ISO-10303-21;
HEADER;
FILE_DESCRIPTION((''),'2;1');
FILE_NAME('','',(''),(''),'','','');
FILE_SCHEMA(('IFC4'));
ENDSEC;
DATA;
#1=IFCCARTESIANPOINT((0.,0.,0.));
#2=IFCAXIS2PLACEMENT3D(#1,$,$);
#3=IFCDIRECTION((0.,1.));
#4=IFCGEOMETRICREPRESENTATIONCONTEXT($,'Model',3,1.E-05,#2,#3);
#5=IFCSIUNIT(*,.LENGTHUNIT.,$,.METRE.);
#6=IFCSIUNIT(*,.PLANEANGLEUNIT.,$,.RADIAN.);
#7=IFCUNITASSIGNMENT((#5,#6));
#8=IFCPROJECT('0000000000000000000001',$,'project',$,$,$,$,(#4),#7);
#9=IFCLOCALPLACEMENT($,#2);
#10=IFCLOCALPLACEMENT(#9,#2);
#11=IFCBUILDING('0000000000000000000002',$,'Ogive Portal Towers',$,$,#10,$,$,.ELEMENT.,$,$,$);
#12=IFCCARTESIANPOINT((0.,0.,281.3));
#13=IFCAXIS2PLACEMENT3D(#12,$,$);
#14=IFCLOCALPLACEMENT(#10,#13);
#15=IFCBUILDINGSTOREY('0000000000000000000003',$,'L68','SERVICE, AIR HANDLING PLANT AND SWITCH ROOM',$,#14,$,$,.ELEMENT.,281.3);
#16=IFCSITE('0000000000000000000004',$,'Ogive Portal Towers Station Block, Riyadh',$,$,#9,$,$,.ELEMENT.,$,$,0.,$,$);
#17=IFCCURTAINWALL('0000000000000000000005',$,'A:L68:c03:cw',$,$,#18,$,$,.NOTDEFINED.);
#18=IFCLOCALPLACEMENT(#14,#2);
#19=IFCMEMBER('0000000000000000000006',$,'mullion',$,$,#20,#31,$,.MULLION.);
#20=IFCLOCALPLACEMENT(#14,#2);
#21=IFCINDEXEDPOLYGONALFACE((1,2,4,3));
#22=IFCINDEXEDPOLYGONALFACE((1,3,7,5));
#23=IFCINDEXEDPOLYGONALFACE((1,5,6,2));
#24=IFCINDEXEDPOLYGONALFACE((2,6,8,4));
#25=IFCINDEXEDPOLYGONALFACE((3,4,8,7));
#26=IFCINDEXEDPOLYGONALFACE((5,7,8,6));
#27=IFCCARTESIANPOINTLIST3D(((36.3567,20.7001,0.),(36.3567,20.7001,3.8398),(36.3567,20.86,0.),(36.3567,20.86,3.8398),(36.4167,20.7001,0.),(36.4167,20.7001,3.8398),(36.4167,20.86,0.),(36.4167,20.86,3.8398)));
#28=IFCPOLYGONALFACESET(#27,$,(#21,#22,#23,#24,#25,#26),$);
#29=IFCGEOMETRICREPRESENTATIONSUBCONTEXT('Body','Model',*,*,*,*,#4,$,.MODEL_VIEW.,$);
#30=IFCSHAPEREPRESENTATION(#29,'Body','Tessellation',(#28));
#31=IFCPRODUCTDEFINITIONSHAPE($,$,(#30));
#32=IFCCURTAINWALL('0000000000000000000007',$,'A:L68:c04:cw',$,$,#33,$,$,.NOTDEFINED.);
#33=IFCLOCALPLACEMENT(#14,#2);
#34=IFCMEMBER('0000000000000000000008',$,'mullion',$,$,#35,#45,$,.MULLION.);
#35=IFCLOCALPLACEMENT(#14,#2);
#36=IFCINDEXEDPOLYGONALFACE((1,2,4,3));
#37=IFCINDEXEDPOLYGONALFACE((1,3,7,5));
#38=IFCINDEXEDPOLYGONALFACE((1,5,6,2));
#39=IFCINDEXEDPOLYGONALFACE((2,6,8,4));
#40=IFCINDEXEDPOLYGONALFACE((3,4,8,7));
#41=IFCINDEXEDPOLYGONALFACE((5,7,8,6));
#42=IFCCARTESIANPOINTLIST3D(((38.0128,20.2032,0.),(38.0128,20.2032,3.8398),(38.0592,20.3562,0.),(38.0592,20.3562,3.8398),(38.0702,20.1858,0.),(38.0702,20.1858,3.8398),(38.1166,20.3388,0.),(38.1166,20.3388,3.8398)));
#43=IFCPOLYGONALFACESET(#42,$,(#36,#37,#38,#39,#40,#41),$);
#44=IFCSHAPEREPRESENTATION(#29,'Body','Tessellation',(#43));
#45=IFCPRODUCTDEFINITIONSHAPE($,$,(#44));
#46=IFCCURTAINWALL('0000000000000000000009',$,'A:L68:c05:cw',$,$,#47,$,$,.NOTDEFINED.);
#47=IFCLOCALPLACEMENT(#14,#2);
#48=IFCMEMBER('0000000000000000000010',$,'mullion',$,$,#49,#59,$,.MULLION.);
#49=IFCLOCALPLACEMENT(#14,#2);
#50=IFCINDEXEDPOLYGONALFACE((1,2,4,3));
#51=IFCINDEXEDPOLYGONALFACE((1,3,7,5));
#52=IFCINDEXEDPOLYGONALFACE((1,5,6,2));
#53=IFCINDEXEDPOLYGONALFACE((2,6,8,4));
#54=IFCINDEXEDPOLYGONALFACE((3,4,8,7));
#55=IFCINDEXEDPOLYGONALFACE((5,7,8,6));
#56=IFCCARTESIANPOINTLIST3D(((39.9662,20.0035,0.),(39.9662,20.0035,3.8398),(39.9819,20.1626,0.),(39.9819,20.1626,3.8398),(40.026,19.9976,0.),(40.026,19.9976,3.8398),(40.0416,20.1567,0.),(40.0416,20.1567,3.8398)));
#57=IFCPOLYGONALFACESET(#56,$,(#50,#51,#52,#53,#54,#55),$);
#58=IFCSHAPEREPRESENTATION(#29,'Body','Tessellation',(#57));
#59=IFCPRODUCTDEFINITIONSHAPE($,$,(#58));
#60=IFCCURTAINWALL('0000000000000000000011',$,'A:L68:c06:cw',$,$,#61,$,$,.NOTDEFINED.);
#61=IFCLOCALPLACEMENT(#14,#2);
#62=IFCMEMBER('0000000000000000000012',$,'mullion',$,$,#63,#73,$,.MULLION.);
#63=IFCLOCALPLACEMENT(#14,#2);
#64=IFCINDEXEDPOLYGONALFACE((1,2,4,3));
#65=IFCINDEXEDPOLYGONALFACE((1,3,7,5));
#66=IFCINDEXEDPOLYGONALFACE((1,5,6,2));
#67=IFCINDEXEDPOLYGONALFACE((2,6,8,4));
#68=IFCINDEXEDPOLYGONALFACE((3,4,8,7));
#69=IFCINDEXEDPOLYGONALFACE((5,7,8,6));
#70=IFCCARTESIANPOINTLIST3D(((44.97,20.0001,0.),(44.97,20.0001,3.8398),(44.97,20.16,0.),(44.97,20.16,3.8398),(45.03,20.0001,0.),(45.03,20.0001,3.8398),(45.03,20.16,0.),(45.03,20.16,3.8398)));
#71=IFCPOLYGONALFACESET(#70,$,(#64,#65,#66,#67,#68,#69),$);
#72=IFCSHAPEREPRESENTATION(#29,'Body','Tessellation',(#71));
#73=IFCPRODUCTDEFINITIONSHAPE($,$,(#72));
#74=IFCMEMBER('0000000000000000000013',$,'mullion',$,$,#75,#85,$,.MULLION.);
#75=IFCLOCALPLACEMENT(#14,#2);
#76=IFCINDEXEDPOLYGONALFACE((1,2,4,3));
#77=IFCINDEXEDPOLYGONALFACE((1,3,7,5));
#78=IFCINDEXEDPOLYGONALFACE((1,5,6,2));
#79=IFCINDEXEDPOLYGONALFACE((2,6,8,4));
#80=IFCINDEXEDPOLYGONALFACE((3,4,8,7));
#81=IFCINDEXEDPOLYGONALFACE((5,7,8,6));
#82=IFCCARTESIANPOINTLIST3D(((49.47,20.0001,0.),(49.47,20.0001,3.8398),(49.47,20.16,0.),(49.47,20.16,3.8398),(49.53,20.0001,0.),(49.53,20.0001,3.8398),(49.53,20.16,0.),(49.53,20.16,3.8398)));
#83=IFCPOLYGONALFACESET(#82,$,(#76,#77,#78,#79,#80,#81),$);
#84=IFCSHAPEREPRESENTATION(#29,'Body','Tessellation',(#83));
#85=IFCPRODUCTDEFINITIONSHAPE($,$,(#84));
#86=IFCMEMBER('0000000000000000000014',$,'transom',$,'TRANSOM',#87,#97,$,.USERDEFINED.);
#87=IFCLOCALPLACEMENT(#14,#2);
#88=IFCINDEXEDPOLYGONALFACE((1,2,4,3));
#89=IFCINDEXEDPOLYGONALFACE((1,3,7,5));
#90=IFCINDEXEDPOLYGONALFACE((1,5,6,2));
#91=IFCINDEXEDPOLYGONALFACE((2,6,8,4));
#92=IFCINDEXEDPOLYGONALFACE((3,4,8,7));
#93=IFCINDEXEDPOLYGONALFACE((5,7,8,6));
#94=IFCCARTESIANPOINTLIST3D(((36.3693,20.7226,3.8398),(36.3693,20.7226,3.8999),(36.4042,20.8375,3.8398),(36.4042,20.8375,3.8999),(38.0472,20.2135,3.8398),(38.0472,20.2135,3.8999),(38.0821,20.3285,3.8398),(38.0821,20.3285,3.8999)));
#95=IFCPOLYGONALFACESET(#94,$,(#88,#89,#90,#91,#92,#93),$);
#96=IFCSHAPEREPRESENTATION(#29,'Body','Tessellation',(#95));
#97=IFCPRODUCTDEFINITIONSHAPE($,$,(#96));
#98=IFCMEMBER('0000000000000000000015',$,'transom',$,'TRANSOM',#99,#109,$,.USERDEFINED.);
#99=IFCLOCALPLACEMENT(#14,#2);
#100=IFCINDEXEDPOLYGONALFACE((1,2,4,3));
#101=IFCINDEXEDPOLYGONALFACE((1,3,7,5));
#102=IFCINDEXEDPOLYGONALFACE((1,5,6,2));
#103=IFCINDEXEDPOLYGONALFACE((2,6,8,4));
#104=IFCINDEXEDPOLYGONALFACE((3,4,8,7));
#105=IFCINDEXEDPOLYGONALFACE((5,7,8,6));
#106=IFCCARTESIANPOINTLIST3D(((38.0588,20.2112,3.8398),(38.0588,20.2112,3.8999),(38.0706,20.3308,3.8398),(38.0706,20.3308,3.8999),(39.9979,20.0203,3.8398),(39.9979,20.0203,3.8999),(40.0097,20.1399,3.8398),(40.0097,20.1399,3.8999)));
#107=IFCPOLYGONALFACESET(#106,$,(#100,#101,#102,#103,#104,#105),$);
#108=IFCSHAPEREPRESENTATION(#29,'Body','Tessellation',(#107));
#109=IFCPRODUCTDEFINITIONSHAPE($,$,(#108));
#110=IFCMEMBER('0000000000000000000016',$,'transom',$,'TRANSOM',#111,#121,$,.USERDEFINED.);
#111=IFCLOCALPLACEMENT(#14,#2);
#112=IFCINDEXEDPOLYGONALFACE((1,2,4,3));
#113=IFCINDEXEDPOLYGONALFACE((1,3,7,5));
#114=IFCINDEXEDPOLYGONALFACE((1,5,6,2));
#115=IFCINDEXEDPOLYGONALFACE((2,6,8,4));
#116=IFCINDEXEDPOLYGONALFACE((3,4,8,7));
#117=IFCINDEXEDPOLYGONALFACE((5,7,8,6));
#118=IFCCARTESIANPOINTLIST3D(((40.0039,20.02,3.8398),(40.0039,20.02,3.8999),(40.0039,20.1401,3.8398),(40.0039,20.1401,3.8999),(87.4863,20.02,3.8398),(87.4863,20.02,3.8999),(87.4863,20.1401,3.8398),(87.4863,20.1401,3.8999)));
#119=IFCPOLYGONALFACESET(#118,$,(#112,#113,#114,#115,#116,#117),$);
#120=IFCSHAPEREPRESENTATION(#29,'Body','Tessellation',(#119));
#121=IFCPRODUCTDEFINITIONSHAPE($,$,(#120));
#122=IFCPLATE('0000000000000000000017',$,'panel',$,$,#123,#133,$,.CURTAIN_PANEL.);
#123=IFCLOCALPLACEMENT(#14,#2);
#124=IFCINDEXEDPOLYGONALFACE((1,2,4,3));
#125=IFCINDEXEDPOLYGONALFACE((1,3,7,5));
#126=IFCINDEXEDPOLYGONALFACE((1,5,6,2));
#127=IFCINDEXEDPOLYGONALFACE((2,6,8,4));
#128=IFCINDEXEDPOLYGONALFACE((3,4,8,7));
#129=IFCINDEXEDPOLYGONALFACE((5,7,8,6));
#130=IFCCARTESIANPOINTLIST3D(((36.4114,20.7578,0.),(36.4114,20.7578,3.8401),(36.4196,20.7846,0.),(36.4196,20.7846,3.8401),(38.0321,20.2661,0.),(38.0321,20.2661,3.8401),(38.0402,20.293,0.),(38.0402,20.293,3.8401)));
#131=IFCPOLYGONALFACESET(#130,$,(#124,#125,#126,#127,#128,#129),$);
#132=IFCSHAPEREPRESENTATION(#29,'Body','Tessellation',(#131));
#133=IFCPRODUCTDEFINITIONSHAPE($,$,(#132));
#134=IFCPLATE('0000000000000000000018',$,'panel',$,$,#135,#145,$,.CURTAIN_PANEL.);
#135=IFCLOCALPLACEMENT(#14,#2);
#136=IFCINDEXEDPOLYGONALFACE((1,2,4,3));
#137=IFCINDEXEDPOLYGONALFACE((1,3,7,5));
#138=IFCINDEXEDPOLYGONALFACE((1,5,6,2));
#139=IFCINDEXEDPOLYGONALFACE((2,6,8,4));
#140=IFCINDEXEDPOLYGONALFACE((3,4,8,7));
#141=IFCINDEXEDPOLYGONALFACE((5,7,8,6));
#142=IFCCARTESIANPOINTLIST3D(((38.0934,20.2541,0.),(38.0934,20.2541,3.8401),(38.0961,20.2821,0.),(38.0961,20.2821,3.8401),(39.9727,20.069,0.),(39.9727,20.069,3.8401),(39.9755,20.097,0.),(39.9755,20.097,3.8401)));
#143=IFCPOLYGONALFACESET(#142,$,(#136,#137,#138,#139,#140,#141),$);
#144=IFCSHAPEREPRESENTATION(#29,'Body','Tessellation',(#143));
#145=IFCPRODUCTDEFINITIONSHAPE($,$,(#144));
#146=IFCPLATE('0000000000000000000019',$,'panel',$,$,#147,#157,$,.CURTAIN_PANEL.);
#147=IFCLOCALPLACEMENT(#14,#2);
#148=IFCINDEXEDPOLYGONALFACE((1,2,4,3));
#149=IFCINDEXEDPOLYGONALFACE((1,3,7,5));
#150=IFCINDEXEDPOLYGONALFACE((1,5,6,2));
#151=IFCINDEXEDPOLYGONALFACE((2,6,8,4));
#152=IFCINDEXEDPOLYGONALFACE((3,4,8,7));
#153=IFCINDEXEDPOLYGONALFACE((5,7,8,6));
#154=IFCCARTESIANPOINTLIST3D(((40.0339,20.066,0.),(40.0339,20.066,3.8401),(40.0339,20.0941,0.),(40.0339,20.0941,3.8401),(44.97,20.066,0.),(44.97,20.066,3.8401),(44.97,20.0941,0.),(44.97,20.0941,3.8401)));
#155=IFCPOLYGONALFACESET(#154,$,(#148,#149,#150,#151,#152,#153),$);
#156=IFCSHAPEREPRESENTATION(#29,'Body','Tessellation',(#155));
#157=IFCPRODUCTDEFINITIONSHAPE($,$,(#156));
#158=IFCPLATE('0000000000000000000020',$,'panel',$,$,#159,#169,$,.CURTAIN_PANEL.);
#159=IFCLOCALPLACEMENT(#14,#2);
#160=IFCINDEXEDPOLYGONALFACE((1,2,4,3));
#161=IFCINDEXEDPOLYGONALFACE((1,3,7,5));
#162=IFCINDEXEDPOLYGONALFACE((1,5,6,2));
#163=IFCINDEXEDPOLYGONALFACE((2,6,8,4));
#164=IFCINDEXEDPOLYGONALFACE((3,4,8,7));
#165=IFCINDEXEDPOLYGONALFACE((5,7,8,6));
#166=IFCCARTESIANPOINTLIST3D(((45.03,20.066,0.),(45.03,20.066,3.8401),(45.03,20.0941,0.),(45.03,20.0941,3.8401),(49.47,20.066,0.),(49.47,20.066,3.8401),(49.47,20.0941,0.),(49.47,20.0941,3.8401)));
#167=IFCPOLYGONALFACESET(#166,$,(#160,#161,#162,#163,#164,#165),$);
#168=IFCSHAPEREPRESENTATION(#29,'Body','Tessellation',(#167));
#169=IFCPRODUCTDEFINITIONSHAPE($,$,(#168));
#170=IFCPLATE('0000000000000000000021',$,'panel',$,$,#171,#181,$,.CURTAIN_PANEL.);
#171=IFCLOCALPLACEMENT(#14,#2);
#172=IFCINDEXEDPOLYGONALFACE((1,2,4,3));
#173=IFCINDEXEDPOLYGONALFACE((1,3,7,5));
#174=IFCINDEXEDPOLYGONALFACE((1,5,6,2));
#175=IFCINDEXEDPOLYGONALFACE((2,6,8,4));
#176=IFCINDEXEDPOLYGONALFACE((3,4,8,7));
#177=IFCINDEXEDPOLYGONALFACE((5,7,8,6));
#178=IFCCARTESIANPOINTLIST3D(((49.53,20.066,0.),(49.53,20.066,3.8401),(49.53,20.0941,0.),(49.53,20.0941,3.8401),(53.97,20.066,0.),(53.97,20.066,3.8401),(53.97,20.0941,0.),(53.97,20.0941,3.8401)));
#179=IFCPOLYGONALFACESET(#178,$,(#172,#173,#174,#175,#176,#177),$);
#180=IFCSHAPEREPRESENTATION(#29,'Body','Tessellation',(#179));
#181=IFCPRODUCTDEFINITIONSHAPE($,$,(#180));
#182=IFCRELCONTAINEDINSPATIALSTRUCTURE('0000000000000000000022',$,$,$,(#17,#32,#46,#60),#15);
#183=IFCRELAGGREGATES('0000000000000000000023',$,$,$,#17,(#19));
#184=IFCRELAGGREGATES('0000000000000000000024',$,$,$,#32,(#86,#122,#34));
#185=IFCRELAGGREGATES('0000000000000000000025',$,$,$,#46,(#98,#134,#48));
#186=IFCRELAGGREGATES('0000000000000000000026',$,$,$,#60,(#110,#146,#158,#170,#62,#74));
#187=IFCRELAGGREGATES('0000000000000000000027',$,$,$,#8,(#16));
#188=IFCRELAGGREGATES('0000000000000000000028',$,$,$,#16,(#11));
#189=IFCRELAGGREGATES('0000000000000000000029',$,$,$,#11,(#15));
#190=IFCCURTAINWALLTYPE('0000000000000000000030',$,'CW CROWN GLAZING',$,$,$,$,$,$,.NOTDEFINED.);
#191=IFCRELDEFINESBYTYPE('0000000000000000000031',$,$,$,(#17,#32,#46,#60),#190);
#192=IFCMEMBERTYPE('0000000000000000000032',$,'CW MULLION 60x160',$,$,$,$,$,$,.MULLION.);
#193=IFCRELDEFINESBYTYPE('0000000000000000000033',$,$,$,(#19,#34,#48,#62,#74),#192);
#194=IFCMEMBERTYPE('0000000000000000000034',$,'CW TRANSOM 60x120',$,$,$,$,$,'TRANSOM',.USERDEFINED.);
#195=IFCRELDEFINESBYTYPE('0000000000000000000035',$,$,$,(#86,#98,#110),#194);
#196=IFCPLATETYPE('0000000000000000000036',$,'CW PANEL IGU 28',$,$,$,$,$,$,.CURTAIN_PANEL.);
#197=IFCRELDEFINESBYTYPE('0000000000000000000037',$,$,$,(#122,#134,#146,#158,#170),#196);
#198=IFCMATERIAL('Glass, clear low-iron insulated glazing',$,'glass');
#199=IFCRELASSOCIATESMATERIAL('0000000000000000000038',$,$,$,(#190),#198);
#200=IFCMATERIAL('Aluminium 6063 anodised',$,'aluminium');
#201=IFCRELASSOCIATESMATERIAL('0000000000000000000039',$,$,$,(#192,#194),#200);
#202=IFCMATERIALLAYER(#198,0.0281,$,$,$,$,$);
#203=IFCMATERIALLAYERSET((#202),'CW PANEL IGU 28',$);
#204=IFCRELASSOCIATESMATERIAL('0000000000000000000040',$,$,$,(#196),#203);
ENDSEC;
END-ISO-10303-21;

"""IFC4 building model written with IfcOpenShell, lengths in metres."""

from ifc_helpers import new_model, si_unit, direction, frame, origin, origin_2d, place, context, subcontext, project, spatial, rectangle, extrude, material, layer, layer_set, material_profile, profile_set, type_object, element, aggregate, save


model = new_model("IFC4")

# Units and contexts
model_context = context("Model", 3, precision=1e-05, world=origin(), true_north=direction((0.0, 1.0)))
body_context = subcontext(model_context, "Body", "Model", "MODEL_VIEW")
ifc_project = project(units=[si_unit("LENGTHUNIT", "METRE"), si_unit("PLANEANGLEUNIT", "RADIAN")], contexts=[model_context])

# Site, building, storey
site_placement = place(None, origin())
site = spatial("IfcSite", under=ifc_project, at=site_placement, Name="Ogive Portal Towers Station Block, Riyadh", CompositionType="ELEMENT", RefElevation=0.0)
building_placement = place(site_placement, origin())
building = spatial("IfcBuilding", under=site, at=building_placement, Name="Ogive Portal Towers", CompositionType="ELEMENT")
storey_placement = place(building_placement, frame((0.0, 0.0, 281.3)))
storey = spatial("IfcBuildingStorey", under=building, at=storey_placement, Name="L68", Description="SERVICE, AIR HANDLING PLANT AND SWITCH ROOM", CompositionType="ELEMENT", Elevation=281.3)

# Curtain walls, members
ifc_material_1 = material(Name="Glass, clear low-iron insulated glazing", Category="glass")
curtain_wall_type = type_object("IfcCurtainWallType", Name="CW CROWN GLAZING", PredefinedType="NOTDEFINED", material=ifc_material_1)
curtain_wall_1_placement = place(storey_placement, origin())
curtain_wall_1 = element("IfcCurtainWall", 1, at=curtain_wall_1_placement, inside=storey, type_object=curtain_wall_type, Name="A:L68:c03:cw", PredefinedType="NOTDEFINED")
ifc_material_2 = material(Name="Aluminium 6063 anodised", Category="aluminium")
ifc_material_profile_1 = material_profile(ifc_material_2, rectangle(XDim=0.1599, YDim=0.0601, at=origin_2d()), Name="AL 60x160")
ifc_profile_set_1 = profile_set([ifc_material_profile_1], Name="Aluminium 6063 anodised")
member_type_1 = type_object("IfcMemberType", Name="CW MULLION 60x160", PredefinedType="MULLION", material=ifc_profile_set_1)
member_1_placement = place(storey_placement, frame((36.3867, 20.78, 0.0), z_axis=(0.0, 0.0, 1.0), x_axis=(0.0, 1.0, 0.0)))
member_1 = element("IfcMember", 2, at=member_1_placement, type_object=member_type_1, Name="mullion", PredefinedType="MULLION", context=body_context, shape_type="SweptSolid", body=[
    extrude(rectangle(XDim=0.1599, YDim=0.0601, at=origin_2d()), origin(), (0.0, 0.0, 1.0), 3.8398),
])
aggregate(curtain_wall_1, [member_1])
curtain_wall_2_placement = place(storey_placement, origin())
curtain_wall_2 = element("IfcCurtainWall", 3, at=curtain_wall_2_placement, inside=storey, type_object=curtain_wall_type, Name="A:L68:c04:cw", PredefinedType="NOTDEFINED")
member_2_placement = place(storey_placement, frame((38.0647, 20.271, 0.0), z_axis=(0.0, 0.0, 1.0), x_axis=(0.290285, 0.95694, 0.0)))
member_2 = element("IfcMember", 4, at=member_2_placement, type_object=member_type_1, Name="mullion", PredefinedType="MULLION", context=body_context, shape_type="SweptSolid", body=[
    extrude(rectangle(XDim=0.1599, YDim=0.0601, at=origin_2d()), origin(), (0.0, 0.0, 1.0), 3.8398),
])
curtain_wall_3_placement = place(storey_placement, origin())
curtain_wall_3 = element("IfcCurtainWall", 5, at=curtain_wall_3_placement, inside=storey, type_object=curtain_wall_type, Name="A:L68:c05:cw", PredefinedType="NOTDEFINED")
member_3_placement = place(storey_placement, frame((40.0039, 20.0801, 0.0), z_axis=(0.0, 0.0, 1.0), x_axis=(0.098017, 0.995185, 0.0)))
member_3 = element("IfcMember", 6, at=member_3_placement, type_object=member_type_1, Name="mullion", PredefinedType="MULLION", context=body_context, shape_type="SweptSolid", body=[
    extrude(rectangle(XDim=0.1599, YDim=0.0601, at=origin_2d()), origin(), (0.0, 0.0, 1.0), 3.8398),
])

# Curtain wall, members
curtain_wall_4_placement = place(storey_placement, origin())
curtain_wall_4 = element("IfcCurtainWall", 7, at=curtain_wall_4_placement, inside=storey, type_object=curtain_wall_type, Name="A:L68:c06:cw", PredefinedType="NOTDEFINED")
member_4_placement = place(storey_placement, frame((45.0, 20.0801, 0.0), z_axis=(0.0, 0.0, 1.0), x_axis=(0.0, 1.0, 0.0)))
member_4 = element("IfcMember", 8, at=member_4_placement, type_object=member_type_1, Name="mullion", PredefinedType="MULLION", context=body_context, shape_type="SweptSolid", body=[
    extrude(rectangle(XDim=0.1599, YDim=0.0601, at=origin_2d()), origin(), (0.0, 0.0, 1.0), 3.8398),
])
member_5_placement = place(storey_placement, frame((49.5, 20.0801, 0.0), z_axis=(0.0, 0.0, 1.0), x_axis=(0.0, 1.0, 0.0)))
member_5 = element("IfcMember", 9, at=member_5_placement, type_object=member_type_1, Name="mullion", PredefinedType="MULLION", context=body_context, shape_type="SweptSolid", body=[
    extrude(rectangle(XDim=0.1599, YDim=0.0601, at=origin_2d()), origin(), (0.0, 0.0, 1.0), 3.8398),
])

# Members
ifc_material_profile_2 = material_profile(ifc_material_2, rectangle(XDim=0.1201, YDim=0.0601, at=origin_2d()), Name="AL 120x60")
ifc_profile_set_2 = profile_set([ifc_material_profile_2], Name="Aluminium 6063 anodised")
member_type_2 = type_object("IfcMemberType", Name="CW TRANSOM 60x120", ElementType="TRANSOM", PredefinedType="USERDEFINED", material=ifc_profile_set_2)
member_6_placement = place(storey_placement, frame((36.3867, 20.78, 3.8699), z_axis=(0.956937, -0.290297, 0.0), x_axis=(0.290297, 0.956937, 0.0)))
member_6 = element("IfcMember", 10, at=member_6_placement, type_object=member_type_2, Name="transom", ObjectType="TRANSOM", PredefinedType="USERDEFINED", context=body_context, shape_type="SweptSolid", body=[
    extrude(rectangle(XDim=0.1201, YDim=0.0601, at=origin_2d()), origin(), (0.0, 0.0, 1.0), 1.7534),
])
member_7_placement = place(storey_placement, frame((38.0647, 20.271, 3.8699), z_axis=(0.995189, -0.097978, 0.0), x_axis=(0.097978, 0.995189, 0.0)))
member_7 = element("IfcMember", 11, at=member_7_placement, type_object=member_type_2, Name="transom", ObjectType="TRANSOM", PredefinedType="USERDEFINED", context=body_context, shape_type="SweptSolid", body=[
    extrude(rectangle(XDim=0.1201, YDim=0.0601, at=origin_2d()), origin(), (0.0, 0.0, 1.0), 1.9485),
])
member_8_placement = place(storey_placement, frame((40.0039, 20.0801, 3.8699), z_axis=(1.0, 0.0, 0.0), x_axis=(0.0, 1.0, 0.0)))
member_8 = element("IfcMember", 12, at=member_8_placement, type_object=member_type_2, Name="transom", ObjectType="TRANSOM", PredefinedType="USERDEFINED", context=body_context, shape_type="SweptSolid", body=[
    extrude(rectangle(XDim=0.1201, YDim=0.0601, at=origin_2d()), origin(), (0.0, 0.0, 1.0), 47.4824),
])

# Plates
ifc_layer_1 = layer(ifc_material_1, 0.0281)
ifc_layer_set_1 = layer_set([ifc_layer_1], Name="CW PANEL IGU 28")
plate_type = type_object("IfcPlateType", Name="CW PANEL IGU 28", PredefinedType="CURTAIN_PANEL", material=ifc_layer_set_1)
plate_1_placement = place(storey_placement, frame((37.2258, 20.5254, 0.0), z_axis=(0.0, 0.0, 1.0), x_axis=(0.95694, -0.290285, 0.0)))
plate_1 = element("IfcPlate", 13, at=plate_1_placement, type_object=plate_type, Name="panel", PredefinedType="CURTAIN_PANEL", context=body_context, shape_type="SweptSolid", body=[
    extrude(rectangle(XDim=1.6936, YDim=0.0281, at=origin_2d()), origin(), (0.0, 0.0, 1.0), 3.8401),
])
aggregate(curtain_wall_2, [member_6, plate_1, member_2])
plate_2_placement = place(storey_placement, frame((39.0344, 20.1755, 0.0), z_axis=(0.0, 0.0, 1.0), x_axis=(0.995185, -0.098017, 0.0)))
plate_2 = element("IfcPlate", 14, at=plate_2_placement, type_object=plate_type, Name="panel", PredefinedType="CURTAIN_PANEL", context=body_context, shape_type="SweptSolid", body=[
    extrude(rectangle(XDim=1.8884, YDim=0.0281, at=origin_2d()), origin(), (0.0, 0.0, 1.0), 3.8401),
])
aggregate(curtain_wall_3, [member_7, plate_2, member_3])
plate_3_placement = place(storey_placement, frame((42.502, 20.0801, 0.0), z_axis=(0.0, 0.0, 1.0), x_axis=(1.0, 0.0, 0.0)))
plate_3 = element("IfcPlate", 15, at=plate_3_placement, type_object=plate_type, Name="panel", PredefinedType="CURTAIN_PANEL", context=body_context, shape_type="SweptSolid", body=[
    extrude(rectangle(XDim=4.936, YDim=0.0281, at=origin_2d()), origin(), (0.0, 0.0, 1.0), 3.8401),
])
plate_4_placement = place(storey_placement, frame((47.25, 20.0801, 0.0), z_axis=(0.0, 0.0, 1.0), x_axis=(1.0, 0.0, 0.0)))
plate_4 = element("IfcPlate", 16, at=plate_4_placement, type_object=plate_type, Name="panel", PredefinedType="CURTAIN_PANEL", context=body_context, shape_type="SweptSolid", body=[
    extrude(rectangle(XDim=4.4399, YDim=0.0281, at=origin_2d()), origin(), (0.0, 0.0, 1.0), 3.8401),
])
plate_5_placement = place(storey_placement, frame((51.75, 20.0801, 0.0), z_axis=(0.0, 0.0, 1.0), x_axis=(1.0, 0.0, 0.0)))
plate_5 = element("IfcPlate", 17, at=plate_5_placement, type_object=plate_type, Name="panel", PredefinedType="CURTAIN_PANEL", context=body_context, shape_type="SweptSolid", body=[
    extrude(rectangle(XDim=4.4399, YDim=0.0281, at=origin_2d()), origin(), (0.0, 0.0, 1.0), 3.8401),
])
aggregate(curtain_wall_4, [member_8, plate_3, plate_4, plate_5, member_4, member_5])

save(model, "model.ifc")
